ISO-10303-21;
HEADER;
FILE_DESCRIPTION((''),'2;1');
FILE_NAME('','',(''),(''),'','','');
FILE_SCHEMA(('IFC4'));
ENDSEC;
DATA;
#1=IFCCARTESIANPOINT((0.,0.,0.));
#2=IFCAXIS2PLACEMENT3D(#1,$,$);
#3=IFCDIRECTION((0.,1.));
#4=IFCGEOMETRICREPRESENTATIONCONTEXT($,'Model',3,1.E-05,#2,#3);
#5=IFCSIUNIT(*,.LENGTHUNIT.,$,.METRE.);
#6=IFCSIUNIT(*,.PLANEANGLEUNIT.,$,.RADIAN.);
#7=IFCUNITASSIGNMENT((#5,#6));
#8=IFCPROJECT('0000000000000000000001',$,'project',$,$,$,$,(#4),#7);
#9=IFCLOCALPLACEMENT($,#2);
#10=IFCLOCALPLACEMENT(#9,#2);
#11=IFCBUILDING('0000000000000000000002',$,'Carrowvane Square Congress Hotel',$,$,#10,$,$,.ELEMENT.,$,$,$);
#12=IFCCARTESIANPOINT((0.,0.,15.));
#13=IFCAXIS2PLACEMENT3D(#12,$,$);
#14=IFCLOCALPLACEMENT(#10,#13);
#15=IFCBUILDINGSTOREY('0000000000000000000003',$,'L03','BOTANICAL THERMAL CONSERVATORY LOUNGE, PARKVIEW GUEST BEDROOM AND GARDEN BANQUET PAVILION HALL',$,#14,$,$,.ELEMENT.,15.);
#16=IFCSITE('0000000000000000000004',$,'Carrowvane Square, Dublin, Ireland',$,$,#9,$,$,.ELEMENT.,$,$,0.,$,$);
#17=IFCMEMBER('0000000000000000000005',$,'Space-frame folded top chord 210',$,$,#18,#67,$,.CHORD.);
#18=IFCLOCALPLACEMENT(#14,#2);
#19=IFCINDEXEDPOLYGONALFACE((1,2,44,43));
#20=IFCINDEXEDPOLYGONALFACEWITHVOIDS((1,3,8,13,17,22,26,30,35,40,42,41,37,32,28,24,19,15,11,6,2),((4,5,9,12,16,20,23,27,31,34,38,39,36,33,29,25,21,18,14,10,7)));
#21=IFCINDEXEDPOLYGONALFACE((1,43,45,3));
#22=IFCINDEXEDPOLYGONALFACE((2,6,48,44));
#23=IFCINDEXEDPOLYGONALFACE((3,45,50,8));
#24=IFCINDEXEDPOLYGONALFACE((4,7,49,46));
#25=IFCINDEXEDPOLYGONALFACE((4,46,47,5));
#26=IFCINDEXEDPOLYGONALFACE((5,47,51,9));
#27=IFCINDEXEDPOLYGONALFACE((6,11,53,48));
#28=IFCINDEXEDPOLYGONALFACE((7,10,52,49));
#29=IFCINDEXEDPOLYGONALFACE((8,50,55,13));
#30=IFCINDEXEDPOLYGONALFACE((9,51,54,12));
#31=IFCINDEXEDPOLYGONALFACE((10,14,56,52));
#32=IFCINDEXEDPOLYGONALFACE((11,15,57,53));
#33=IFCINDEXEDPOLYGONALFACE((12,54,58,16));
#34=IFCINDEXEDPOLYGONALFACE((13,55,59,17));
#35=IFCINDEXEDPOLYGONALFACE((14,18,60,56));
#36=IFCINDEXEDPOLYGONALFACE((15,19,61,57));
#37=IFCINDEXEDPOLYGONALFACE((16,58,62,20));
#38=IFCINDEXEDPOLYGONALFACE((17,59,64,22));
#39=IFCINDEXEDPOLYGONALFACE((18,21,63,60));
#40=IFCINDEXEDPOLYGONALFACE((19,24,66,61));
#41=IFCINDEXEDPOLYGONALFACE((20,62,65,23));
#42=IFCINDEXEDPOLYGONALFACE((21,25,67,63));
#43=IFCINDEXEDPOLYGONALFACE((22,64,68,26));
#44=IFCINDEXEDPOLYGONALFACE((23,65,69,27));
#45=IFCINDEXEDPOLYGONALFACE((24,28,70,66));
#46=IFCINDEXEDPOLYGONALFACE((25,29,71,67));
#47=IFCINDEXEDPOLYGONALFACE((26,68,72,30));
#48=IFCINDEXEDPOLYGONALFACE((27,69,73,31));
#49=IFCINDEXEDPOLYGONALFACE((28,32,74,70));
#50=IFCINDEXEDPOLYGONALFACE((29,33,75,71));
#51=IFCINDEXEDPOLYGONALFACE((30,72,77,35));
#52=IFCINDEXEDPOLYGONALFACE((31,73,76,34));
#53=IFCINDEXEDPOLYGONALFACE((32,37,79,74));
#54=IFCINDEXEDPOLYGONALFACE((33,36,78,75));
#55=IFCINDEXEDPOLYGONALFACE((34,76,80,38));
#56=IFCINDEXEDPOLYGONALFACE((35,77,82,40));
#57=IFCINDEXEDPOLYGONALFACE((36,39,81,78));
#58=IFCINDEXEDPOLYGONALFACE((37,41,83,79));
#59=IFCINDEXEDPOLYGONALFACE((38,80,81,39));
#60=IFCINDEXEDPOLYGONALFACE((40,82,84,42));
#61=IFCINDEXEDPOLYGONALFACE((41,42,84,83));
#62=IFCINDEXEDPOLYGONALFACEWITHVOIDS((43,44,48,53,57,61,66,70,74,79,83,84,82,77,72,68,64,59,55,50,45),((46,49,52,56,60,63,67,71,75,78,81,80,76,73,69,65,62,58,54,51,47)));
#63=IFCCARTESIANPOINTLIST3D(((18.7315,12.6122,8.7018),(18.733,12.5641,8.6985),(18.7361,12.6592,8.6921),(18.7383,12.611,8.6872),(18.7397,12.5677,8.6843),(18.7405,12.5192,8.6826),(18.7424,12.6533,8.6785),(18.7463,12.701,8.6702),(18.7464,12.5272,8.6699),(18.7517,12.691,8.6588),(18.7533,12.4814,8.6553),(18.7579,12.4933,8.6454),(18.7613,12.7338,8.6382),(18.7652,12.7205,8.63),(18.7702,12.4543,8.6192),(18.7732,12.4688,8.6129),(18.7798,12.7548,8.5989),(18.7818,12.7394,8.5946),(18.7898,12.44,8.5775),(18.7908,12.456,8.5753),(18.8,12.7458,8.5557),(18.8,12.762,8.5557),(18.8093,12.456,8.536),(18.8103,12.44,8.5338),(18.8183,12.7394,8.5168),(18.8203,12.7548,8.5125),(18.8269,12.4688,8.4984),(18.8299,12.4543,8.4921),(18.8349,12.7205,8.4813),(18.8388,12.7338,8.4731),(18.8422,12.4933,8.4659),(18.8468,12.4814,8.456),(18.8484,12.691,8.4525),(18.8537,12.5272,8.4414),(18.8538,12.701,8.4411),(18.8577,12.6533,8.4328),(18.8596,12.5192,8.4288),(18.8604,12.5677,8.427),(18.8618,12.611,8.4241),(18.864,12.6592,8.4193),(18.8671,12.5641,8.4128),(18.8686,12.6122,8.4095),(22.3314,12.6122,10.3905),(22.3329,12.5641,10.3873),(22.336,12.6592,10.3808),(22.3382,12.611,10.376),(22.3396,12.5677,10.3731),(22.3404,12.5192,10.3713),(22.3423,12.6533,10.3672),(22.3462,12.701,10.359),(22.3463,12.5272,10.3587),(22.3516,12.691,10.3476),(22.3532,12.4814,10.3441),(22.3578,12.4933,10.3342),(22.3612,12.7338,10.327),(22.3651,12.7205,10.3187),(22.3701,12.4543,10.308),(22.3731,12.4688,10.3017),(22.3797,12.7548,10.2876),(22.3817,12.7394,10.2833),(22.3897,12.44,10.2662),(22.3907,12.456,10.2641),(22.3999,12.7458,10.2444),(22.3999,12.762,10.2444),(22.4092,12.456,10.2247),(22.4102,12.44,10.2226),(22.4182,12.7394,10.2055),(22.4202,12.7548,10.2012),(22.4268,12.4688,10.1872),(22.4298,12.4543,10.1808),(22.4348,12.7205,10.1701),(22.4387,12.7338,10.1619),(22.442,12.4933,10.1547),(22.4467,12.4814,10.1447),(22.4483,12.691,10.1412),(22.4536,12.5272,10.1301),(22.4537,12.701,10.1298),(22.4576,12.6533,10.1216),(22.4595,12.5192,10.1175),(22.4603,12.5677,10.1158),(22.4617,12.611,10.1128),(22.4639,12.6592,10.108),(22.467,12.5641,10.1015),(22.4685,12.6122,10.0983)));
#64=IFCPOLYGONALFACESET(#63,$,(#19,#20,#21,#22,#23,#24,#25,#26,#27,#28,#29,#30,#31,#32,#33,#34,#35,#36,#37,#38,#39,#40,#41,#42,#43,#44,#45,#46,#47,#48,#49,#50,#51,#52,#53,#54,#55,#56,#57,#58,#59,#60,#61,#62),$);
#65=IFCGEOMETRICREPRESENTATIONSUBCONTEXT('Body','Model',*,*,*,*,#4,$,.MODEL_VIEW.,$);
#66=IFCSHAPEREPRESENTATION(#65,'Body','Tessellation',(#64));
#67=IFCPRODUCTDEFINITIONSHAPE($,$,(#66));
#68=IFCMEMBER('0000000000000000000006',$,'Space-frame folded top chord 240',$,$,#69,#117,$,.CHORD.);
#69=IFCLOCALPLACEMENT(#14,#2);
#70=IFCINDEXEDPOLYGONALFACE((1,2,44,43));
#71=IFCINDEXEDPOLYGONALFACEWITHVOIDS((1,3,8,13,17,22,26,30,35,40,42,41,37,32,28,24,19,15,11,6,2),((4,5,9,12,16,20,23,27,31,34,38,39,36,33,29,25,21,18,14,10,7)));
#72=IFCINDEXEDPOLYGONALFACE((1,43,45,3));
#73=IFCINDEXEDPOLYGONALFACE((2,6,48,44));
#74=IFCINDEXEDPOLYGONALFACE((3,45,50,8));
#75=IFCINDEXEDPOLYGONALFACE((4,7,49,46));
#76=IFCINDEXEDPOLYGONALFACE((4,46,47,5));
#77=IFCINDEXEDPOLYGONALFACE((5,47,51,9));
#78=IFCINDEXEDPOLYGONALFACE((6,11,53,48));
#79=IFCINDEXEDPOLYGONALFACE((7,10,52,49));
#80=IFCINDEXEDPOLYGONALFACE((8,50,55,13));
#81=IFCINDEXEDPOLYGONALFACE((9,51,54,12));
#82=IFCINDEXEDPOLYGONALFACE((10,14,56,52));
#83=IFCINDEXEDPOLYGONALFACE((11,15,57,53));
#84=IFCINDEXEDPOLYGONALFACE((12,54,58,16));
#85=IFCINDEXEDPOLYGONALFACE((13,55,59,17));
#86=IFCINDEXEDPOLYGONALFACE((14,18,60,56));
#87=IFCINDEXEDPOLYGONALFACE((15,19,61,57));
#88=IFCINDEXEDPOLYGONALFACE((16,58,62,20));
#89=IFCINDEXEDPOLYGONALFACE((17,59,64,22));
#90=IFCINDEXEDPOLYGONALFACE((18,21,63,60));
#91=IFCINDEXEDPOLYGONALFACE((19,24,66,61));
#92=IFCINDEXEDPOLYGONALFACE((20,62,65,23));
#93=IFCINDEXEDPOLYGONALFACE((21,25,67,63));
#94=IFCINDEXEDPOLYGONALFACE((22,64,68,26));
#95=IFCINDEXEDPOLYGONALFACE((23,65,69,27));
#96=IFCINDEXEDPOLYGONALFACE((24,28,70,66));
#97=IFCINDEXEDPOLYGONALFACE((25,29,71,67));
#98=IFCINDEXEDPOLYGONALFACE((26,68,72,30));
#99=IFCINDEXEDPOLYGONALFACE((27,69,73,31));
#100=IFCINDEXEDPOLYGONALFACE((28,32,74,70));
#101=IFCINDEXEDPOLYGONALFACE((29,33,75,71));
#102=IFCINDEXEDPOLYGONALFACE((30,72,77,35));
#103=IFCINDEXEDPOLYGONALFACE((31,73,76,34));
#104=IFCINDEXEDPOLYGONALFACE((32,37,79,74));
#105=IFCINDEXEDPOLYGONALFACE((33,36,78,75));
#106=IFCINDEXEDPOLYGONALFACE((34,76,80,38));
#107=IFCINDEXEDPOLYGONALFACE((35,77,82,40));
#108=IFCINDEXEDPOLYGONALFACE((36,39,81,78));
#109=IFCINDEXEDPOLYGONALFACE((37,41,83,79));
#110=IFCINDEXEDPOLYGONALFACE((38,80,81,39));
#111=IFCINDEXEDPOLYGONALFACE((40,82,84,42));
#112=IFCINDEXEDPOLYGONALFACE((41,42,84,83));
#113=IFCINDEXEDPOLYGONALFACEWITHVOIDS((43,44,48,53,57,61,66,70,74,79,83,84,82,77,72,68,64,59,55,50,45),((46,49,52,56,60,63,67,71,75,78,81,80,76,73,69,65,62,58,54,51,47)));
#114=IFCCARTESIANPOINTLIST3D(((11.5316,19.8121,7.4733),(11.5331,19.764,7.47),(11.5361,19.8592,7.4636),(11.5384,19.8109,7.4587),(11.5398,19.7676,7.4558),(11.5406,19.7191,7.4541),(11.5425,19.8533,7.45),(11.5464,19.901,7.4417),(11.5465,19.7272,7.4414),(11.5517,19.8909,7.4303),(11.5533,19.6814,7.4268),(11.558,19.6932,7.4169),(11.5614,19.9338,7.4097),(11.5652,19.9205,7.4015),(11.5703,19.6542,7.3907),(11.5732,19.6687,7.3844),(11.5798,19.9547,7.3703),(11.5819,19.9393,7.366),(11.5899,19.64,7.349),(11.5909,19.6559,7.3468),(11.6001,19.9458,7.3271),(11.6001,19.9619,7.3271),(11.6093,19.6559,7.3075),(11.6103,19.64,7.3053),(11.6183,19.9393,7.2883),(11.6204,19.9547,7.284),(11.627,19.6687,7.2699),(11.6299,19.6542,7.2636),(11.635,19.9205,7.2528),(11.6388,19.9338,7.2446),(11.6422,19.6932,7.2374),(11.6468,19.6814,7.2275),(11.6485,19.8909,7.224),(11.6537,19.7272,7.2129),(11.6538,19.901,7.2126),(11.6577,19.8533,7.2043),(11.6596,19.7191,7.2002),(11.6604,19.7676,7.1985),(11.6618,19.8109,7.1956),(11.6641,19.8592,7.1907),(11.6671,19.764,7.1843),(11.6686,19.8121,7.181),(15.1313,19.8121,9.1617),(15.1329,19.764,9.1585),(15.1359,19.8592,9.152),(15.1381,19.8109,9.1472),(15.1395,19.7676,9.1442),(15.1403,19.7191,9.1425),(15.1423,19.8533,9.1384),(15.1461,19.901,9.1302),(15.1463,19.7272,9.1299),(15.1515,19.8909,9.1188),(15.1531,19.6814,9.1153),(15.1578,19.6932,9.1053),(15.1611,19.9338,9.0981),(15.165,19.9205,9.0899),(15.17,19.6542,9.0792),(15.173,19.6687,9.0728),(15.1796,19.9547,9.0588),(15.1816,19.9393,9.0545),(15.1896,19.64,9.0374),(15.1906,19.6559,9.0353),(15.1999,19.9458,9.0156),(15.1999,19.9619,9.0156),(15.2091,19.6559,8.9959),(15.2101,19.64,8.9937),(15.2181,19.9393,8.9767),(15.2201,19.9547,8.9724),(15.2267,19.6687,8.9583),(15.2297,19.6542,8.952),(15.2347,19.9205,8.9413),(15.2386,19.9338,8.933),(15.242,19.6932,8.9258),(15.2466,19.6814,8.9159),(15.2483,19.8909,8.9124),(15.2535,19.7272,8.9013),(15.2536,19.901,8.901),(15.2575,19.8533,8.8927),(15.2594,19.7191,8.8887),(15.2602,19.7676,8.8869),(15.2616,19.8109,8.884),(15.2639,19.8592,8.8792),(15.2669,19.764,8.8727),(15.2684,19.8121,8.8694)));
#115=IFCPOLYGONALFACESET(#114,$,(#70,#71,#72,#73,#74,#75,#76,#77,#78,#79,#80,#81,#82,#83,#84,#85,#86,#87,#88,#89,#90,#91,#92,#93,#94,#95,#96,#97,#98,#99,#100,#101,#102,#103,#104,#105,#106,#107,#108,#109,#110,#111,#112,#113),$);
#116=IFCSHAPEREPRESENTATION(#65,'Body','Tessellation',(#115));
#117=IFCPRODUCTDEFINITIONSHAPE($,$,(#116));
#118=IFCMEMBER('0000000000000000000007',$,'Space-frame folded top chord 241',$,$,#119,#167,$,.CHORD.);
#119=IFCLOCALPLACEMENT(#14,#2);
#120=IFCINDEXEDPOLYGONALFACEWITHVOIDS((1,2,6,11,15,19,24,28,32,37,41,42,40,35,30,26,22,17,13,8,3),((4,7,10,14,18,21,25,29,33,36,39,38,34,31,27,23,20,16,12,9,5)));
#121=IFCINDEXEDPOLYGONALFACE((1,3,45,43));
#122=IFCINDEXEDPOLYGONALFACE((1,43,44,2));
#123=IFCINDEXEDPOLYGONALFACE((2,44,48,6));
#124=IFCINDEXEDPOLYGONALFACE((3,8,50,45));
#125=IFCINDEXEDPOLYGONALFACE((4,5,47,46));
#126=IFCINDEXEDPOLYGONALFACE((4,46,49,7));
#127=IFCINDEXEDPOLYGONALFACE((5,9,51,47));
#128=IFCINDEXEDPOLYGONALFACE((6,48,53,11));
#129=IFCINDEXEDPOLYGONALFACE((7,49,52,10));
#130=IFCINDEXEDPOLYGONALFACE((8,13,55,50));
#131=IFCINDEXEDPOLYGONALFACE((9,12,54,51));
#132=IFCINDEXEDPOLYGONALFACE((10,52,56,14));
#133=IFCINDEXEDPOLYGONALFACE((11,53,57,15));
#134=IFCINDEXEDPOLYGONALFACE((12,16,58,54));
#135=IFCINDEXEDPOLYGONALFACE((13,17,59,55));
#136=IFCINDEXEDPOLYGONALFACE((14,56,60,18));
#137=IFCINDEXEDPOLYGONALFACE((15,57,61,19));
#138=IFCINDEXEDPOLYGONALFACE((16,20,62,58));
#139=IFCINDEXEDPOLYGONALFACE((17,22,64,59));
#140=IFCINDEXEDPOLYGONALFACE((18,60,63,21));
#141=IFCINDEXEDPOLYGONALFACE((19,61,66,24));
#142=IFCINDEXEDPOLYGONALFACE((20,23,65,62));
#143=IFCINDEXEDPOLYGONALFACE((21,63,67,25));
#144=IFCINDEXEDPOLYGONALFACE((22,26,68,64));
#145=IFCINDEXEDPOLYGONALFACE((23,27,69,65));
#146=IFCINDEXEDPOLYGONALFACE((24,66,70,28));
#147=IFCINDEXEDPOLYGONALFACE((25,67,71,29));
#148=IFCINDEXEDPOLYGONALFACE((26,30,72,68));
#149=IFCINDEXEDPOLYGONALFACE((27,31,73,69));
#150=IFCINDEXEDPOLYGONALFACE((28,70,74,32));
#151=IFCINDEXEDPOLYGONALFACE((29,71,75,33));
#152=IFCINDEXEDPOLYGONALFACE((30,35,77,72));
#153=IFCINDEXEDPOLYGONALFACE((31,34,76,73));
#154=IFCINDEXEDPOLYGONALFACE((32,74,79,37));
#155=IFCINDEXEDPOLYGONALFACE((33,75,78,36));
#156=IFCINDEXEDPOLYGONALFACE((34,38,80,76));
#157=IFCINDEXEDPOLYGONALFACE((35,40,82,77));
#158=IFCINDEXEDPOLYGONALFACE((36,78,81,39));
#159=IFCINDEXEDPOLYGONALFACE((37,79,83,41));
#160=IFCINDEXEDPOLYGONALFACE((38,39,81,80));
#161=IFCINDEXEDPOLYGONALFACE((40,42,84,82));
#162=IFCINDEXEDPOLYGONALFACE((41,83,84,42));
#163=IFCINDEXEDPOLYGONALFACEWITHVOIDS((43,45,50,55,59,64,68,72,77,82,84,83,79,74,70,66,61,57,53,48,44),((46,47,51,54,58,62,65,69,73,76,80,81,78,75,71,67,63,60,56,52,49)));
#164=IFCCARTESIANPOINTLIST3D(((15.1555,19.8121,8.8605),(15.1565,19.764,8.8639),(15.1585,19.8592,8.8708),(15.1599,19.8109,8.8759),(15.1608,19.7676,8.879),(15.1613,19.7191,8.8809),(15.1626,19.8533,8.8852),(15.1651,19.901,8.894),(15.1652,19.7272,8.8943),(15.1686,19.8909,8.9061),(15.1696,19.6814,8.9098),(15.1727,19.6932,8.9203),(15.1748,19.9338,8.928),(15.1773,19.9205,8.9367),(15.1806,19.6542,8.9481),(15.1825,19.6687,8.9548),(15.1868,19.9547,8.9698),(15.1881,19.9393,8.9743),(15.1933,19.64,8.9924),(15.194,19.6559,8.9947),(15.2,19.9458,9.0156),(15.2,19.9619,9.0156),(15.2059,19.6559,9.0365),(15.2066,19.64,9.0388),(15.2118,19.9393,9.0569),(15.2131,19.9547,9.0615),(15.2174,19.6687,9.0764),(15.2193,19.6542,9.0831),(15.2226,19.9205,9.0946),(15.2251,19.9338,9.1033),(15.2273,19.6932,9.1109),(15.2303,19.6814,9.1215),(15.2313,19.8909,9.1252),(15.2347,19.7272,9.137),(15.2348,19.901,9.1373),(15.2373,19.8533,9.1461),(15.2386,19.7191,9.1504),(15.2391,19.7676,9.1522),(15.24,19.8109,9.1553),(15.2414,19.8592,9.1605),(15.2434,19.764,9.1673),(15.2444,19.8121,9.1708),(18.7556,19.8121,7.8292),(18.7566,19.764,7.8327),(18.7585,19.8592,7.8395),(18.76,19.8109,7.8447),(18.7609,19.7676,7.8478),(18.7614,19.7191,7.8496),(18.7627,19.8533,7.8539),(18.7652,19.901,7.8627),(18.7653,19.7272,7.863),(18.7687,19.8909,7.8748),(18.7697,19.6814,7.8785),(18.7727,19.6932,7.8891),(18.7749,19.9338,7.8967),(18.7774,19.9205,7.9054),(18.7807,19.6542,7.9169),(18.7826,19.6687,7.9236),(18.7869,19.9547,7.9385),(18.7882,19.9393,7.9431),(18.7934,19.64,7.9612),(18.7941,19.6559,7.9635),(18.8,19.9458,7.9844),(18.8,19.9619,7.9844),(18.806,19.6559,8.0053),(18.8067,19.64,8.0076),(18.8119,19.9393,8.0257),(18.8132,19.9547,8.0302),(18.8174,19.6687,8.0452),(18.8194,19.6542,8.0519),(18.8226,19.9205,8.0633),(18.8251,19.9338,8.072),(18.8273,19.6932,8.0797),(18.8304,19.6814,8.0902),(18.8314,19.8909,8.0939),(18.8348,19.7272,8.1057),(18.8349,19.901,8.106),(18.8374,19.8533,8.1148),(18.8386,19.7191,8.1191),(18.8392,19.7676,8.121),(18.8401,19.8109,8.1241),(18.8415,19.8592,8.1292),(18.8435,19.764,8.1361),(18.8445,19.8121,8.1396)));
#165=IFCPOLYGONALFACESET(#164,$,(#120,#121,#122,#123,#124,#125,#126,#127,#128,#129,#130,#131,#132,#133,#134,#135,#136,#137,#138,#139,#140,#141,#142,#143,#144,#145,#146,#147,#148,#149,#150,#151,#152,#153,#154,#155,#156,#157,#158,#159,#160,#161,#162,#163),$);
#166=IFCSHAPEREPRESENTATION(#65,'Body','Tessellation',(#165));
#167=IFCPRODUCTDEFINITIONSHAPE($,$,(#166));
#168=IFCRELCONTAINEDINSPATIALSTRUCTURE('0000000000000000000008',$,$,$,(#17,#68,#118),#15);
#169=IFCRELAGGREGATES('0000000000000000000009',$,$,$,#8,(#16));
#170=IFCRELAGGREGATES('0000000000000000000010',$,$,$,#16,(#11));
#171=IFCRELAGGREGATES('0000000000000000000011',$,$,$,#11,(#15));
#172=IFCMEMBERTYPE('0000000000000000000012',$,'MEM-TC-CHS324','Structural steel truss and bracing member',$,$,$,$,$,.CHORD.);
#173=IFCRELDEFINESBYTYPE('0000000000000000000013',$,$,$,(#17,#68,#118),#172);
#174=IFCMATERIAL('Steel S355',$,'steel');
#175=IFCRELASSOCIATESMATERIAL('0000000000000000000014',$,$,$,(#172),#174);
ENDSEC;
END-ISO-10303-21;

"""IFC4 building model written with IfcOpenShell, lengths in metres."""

from ifc_helpers import new_model, si_unit, direction, frame, origin, origin_2d, place, context, subcontext, project, spatial, hollow_circle, extrude, material, material_profile, profile_set, type_object, element, save


model = new_model("IFC4")

# Units and contexts
model_context = context("Model", 3, precision=1e-05, world=origin(), true_north=direction((0.0, 1.0)))
body_context = subcontext(model_context, "Body", "Model", "MODEL_VIEW")
ifc_project = project(units=[si_unit("LENGTHUNIT", "METRE"), si_unit("PLANEANGLEUNIT", "RADIAN")], contexts=[model_context])

# Site, building, storey
site_placement = place(None, origin())
site = spatial("IfcSite", under=ifc_project, at=site_placement, Name="Carrowvane Square, Dublin, Ireland", CompositionType="ELEMENT", RefElevation=0.0)
building_placement = place(site_placement, origin())
building = spatial("IfcBuilding", under=site, at=building_placement, Name="Carrowvane Square Congress Hotel", CompositionType="ELEMENT")
storey_placement = place(building_placement, frame((0.0, 0.0, 15.0)))
storey = spatial("IfcBuildingStorey", under=building, at=storey_placement, Name="L03", Description="BOTANICAL THERMAL CONSERVATORY LOUNGE, PARKVIEW GUEST BEDROOM AND GARDEN BANQUET PAVILION HALL", CompositionType="ELEMENT", Elevation=15.0)

# Members
ifc_material_1 = material(Name="Steel S355", Category="steel")
ifc_material_profile_1 = material_profile(ifc_material_1, hollow_circle(Radius=0.1619, WallThickness=0.0161, at=origin_2d()), Name="CHS 323.9x16")
ifc_profile_set_1 = profile_set([ifc_material_profile_1], Name="Steel S355")
member_type_1 = type_object("IfcMemberType", Name="MEM-TC-CHS324", Description="Structural steel truss and bracing member", PredefinedType="CHORD", material=ifc_profile_set_1)
member_1_placement = place(storey_placement, frame((18.8, 12.6001, 8.5557), z_axis=(0.905334, 0.0, 0.4247), x_axis=(0.0, 1.0, 0.0)))
element("IfcMember", 1, at=member_1_placement, inside=storey, type_object=member_type_1, Name="Space-frame folded top chord 210", PredefinedType="CHORD", context=body_context, shape_type="SweptSolid", body=[
    extrude(hollow_circle(Radius=0.1619, WallThickness=0.0161, at=origin_2d()), origin(), (0.0, 0.0, 1.0), 3.9763),
])
member_2_placement = place(storey_placement, frame((11.6001, 19.8, 7.3271), z_axis=(0.905358, 0.0, 0.424649), x_axis=(0.0, 1.0, 0.0)))
element("IfcMember", 2, at=member_2_placement, inside=storey, type_object=member_type_1, Name="Space-frame folded top chord 240", PredefinedType="CHORD", context=body_context, shape_type="SweptSolid", body=[
    extrude(hollow_circle(Radius=0.1619, WallThickness=0.0161, at=origin_2d()), origin(), (0.0, 0.0, 1.0), 3.9761),
])
member_3_placement = place(storey_placement, frame((15.2, 19.8, 9.0156), z_axis=(0.961337, 0.0, -0.275375), x_axis=(0.0, 1.0, 0.0)))
element("IfcMember", 3, at=member_3_placement, inside=storey, type_object=member_type_1, Name="Space-frame folded top chord 241", PredefinedType="CHORD", context=body_context, shape_type="SweptSolid", body=[
    extrude(hollow_circle(Radius=0.1619, WallThickness=0.0161, at=origin_2d()), origin(), (0.0, 0.0, 1.0), 3.7449),
])

save(model, "model.ifc")
